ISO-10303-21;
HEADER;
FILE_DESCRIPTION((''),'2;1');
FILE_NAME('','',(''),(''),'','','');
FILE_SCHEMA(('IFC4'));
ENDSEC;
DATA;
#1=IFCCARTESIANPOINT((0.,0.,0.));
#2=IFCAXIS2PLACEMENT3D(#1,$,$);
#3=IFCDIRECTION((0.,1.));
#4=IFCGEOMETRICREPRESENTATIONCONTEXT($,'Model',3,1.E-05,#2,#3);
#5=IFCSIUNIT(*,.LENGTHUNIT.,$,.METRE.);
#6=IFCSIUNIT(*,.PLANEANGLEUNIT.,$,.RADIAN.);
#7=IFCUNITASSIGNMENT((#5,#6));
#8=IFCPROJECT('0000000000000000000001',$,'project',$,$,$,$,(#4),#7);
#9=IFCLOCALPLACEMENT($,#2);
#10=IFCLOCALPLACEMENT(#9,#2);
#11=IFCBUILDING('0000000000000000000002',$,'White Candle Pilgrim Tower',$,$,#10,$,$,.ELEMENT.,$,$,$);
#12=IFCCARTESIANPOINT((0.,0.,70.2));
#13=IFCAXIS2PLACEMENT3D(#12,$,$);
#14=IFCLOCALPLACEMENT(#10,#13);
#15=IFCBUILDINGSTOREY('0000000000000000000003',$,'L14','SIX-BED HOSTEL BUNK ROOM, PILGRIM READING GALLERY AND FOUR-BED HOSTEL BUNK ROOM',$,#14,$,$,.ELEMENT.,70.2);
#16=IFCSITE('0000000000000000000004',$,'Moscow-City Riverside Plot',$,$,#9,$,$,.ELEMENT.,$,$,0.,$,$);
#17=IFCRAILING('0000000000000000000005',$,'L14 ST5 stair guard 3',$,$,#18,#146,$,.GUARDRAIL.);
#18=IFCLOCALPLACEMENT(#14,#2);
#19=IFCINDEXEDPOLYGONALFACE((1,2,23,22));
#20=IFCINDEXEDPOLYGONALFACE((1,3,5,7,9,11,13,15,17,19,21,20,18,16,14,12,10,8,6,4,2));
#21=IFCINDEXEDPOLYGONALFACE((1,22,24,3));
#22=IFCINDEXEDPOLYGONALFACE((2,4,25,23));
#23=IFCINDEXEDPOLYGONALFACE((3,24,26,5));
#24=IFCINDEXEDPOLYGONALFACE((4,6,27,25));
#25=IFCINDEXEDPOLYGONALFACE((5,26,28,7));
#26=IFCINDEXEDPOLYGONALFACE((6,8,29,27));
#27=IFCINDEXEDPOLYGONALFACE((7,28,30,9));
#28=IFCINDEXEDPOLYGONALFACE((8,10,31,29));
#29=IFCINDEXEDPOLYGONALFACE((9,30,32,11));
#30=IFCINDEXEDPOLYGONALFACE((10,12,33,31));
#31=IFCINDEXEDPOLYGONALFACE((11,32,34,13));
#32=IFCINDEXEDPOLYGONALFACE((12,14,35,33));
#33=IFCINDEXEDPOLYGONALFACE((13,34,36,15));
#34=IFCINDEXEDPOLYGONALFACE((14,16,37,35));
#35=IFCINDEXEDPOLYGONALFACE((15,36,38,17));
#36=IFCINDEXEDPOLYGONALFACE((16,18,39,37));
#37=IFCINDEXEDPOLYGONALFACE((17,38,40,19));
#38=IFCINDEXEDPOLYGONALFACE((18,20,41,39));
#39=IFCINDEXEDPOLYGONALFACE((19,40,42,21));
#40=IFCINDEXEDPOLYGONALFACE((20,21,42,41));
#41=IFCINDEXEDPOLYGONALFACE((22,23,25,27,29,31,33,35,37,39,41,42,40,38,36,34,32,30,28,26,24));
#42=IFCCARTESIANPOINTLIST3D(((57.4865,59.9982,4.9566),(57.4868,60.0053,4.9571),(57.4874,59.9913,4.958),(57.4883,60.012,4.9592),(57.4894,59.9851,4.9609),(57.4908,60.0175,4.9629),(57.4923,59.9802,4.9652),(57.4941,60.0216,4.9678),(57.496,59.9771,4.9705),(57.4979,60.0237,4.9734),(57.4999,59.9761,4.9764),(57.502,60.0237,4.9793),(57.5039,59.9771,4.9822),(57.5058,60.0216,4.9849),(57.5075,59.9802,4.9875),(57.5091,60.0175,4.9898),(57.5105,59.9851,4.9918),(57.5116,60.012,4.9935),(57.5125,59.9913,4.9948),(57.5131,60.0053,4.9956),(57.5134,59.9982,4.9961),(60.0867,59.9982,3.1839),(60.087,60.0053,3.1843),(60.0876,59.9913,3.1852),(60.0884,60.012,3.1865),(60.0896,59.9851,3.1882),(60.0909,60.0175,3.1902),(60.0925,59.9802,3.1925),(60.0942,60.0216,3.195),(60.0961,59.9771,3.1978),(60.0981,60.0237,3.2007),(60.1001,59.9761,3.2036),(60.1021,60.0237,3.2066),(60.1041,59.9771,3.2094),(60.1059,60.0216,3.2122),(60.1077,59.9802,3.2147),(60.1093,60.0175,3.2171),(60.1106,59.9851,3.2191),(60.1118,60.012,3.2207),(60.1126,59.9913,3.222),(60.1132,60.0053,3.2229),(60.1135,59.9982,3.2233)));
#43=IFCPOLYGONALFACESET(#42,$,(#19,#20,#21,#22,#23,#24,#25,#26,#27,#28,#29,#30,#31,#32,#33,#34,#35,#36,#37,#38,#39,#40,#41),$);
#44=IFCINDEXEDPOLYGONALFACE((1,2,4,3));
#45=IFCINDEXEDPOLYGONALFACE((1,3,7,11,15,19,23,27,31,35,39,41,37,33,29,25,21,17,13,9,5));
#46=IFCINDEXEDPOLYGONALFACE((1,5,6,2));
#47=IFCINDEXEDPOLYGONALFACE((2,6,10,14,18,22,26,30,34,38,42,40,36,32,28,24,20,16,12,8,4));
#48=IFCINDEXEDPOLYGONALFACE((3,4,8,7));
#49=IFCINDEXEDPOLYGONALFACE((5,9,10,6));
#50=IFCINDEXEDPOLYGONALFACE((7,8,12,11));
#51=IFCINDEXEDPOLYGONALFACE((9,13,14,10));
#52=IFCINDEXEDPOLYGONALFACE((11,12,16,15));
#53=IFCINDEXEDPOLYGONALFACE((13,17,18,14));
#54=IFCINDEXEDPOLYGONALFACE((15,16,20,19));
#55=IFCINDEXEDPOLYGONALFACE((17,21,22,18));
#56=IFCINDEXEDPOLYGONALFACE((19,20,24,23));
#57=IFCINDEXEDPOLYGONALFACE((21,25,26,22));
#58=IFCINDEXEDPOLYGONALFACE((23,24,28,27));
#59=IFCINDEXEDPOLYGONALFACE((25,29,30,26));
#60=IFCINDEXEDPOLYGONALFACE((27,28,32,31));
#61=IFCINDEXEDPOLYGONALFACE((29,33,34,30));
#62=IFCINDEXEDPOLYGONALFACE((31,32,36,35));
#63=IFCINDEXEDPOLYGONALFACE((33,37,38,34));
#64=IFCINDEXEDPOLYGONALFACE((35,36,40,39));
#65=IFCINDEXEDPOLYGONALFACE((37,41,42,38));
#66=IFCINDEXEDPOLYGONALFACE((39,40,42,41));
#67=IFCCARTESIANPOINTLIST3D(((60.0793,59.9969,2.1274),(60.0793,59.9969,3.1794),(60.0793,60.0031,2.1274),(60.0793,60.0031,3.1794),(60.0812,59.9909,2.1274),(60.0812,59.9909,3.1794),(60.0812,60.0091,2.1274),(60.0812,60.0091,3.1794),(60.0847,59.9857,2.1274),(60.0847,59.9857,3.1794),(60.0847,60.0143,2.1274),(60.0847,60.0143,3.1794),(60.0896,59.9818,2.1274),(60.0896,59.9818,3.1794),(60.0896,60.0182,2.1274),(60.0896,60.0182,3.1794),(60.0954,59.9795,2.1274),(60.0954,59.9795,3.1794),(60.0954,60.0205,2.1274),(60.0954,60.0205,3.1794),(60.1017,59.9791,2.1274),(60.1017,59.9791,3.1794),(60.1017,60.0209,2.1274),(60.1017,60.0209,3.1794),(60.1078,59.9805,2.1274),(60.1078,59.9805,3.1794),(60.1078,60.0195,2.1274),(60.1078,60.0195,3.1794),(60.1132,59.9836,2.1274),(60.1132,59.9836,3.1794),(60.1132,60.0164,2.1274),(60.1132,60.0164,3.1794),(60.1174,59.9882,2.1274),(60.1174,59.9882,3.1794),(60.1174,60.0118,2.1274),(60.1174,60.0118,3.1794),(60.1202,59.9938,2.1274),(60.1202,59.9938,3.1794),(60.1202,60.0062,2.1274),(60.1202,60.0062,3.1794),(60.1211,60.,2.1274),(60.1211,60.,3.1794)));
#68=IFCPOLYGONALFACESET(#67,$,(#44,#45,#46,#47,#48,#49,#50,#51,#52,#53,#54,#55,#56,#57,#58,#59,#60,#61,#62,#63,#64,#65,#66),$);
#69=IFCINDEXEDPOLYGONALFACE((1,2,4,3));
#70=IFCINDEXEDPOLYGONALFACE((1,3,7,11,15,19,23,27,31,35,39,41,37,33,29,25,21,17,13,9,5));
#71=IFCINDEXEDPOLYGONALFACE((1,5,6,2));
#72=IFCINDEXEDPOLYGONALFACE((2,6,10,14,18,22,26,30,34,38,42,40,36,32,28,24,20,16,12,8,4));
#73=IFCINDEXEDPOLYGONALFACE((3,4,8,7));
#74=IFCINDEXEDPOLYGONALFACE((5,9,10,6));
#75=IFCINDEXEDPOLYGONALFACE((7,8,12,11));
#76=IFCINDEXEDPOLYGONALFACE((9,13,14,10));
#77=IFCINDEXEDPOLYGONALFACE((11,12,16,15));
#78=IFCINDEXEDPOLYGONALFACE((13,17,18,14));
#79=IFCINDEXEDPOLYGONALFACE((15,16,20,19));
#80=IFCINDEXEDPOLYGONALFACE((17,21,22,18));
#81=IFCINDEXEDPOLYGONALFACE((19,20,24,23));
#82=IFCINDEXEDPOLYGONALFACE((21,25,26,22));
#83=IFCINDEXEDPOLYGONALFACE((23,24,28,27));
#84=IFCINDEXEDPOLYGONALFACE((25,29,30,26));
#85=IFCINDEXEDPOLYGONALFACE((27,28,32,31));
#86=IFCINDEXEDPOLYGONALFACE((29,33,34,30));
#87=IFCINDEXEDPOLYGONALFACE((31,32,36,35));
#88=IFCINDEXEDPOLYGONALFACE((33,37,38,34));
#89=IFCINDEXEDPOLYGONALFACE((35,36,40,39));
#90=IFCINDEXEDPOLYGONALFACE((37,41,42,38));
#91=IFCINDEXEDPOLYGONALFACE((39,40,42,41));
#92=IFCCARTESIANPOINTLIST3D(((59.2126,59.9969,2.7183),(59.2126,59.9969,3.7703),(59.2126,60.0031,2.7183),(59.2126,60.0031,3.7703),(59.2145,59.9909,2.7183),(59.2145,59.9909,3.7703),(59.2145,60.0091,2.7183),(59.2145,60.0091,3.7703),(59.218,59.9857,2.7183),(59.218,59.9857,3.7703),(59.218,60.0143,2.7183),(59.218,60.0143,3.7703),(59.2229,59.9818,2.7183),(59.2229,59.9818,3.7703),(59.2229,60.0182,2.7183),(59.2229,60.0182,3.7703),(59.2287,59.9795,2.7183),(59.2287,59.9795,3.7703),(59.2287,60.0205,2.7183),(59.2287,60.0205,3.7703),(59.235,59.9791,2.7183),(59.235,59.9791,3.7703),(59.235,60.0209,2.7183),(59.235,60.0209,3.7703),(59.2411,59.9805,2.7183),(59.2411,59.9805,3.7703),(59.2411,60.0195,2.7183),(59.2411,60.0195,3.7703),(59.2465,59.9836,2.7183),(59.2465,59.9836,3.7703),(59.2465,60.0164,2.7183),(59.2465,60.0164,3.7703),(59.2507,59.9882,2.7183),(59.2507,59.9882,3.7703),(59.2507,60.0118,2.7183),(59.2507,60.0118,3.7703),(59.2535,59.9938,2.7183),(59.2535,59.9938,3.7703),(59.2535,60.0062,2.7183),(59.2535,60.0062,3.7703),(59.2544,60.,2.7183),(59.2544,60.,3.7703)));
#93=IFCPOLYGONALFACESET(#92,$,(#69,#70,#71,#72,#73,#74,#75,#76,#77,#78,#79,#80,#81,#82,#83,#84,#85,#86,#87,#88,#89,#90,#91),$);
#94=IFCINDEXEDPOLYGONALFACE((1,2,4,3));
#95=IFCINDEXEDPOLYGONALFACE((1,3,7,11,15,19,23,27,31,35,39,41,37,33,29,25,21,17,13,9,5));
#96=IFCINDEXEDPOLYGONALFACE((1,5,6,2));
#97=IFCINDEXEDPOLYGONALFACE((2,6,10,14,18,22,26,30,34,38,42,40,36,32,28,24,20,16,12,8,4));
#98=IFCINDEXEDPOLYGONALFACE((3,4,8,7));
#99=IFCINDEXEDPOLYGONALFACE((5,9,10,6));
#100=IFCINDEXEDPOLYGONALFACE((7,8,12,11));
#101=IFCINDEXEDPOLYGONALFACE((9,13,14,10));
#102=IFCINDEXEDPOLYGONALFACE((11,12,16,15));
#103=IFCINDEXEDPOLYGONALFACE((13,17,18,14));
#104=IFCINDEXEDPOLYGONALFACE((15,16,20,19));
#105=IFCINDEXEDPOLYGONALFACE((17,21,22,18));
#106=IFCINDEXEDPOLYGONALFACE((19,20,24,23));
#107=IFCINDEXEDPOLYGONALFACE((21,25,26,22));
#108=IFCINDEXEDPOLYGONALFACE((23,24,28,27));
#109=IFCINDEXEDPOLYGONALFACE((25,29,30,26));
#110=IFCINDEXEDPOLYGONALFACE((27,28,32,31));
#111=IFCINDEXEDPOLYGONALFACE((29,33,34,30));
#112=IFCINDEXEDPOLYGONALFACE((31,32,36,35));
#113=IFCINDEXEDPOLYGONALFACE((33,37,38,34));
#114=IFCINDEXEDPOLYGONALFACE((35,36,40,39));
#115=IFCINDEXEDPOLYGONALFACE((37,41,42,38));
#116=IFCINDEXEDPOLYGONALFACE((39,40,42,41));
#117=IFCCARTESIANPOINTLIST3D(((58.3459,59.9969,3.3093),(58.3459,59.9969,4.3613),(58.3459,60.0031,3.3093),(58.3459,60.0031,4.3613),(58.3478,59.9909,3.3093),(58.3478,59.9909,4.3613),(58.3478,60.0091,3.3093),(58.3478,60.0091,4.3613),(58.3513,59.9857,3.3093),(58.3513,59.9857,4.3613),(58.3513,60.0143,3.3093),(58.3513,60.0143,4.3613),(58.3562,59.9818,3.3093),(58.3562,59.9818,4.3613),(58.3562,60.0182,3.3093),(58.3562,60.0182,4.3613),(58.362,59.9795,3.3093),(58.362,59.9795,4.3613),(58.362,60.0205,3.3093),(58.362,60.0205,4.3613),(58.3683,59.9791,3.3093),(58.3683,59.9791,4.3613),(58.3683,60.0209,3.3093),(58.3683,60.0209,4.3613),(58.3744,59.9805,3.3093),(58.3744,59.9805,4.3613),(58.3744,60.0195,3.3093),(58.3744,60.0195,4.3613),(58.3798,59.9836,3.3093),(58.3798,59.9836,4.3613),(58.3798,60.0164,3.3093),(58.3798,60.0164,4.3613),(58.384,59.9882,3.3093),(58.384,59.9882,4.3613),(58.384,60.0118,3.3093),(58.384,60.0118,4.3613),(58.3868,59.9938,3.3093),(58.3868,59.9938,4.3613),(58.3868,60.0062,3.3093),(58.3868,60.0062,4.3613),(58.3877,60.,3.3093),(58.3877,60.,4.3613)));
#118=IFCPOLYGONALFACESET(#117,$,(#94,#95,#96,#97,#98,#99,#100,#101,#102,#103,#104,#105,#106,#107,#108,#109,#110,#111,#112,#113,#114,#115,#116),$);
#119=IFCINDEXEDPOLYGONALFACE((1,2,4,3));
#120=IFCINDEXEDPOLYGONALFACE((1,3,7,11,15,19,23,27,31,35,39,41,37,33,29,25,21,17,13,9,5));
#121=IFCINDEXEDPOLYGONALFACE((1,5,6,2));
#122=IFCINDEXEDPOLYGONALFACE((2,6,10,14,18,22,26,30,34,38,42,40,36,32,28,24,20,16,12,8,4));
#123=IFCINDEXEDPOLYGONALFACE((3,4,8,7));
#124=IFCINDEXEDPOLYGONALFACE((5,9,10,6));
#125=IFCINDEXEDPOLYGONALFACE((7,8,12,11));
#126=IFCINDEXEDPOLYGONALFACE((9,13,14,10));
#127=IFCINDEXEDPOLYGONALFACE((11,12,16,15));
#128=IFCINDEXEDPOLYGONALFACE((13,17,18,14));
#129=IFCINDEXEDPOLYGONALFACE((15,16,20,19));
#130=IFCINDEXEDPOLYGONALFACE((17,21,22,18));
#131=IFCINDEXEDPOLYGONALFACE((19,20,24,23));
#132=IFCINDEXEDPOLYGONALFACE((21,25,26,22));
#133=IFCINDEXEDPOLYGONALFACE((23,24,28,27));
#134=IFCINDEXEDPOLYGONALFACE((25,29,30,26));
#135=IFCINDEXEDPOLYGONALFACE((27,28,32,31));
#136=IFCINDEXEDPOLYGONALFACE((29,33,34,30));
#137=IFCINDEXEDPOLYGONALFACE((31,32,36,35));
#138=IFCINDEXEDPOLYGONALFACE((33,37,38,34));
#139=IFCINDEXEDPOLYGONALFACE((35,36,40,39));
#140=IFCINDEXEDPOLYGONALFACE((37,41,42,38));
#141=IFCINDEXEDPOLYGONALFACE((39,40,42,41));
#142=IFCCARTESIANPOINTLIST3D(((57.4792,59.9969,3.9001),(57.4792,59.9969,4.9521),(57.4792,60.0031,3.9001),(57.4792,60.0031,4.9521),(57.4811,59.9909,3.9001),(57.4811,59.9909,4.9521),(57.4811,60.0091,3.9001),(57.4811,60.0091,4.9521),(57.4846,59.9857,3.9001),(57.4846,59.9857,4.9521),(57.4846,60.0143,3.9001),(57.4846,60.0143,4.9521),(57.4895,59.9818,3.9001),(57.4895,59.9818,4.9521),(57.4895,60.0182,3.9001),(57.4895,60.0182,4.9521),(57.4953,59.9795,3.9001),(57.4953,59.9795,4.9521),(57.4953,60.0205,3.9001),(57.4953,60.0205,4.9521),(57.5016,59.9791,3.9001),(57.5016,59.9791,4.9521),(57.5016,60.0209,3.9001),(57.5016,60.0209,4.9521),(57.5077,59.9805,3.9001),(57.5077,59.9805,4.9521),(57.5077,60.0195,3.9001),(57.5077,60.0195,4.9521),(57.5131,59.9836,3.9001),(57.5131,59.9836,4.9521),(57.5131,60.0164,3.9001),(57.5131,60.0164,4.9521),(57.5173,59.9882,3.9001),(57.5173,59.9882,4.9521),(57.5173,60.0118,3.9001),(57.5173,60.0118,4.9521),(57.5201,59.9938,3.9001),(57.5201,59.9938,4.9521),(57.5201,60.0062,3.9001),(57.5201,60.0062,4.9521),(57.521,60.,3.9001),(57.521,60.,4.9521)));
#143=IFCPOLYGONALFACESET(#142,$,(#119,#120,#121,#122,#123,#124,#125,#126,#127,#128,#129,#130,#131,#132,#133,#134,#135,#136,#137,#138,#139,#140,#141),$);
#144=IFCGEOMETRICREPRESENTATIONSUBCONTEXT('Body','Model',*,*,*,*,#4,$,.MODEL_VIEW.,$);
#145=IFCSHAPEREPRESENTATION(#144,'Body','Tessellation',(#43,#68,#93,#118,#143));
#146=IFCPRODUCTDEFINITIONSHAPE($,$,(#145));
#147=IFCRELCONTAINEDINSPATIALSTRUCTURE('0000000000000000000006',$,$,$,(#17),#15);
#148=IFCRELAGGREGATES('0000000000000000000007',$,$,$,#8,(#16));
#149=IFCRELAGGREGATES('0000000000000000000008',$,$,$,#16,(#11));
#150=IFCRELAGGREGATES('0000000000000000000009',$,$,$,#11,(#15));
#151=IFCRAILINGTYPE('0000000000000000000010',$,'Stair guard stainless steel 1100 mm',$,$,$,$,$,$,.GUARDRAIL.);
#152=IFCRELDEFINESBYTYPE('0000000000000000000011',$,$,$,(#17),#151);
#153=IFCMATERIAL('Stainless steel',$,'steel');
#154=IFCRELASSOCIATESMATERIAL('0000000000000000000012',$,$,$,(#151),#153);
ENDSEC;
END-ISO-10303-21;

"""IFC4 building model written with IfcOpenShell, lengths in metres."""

from ifc_helpers import new_model, si_unit, direction, frame, origin, origin_2d, place, context, subcontext, project, spatial, circle, extrude, material, type_object, element, save


model = new_model("IFC4")

# Units and contexts
model_context = context("Model", 3, precision=1e-05, world=origin(), true_north=direction((0.0, 1.0)))
body_context = subcontext(model_context, "Body", "Model", "MODEL_VIEW")
ifc_project = project(units=[si_unit("LENGTHUNIT", "METRE"), si_unit("PLANEANGLEUNIT", "RADIAN")], contexts=[model_context])

# Site, building, storey
site_placement = place(None, origin())
site = spatial("IfcSite", under=ifc_project, at=site_placement, Name="Moscow-City Riverside Plot", CompositionType="ELEMENT", RefElevation=0.0)
building_placement = place(site_placement, origin())
building = spatial("IfcBuilding", under=site, at=building_placement, Name="White Candle Pilgrim Tower", CompositionType="ELEMENT")
storey_placement = place(building_placement, frame((0.0, 0.0, 70.2)))
storey = spatial("IfcBuildingStorey", under=building, at=storey_placement, Name="L14", Description="SIX-BED HOSTEL BUNK ROOM, PILGRIM READING GALLERY AND FOUR-BED HOSTEL BUNK ROOM", CompositionType="ELEMENT", Elevation=70.2)

# Railing
ifc_material_1 = material(Name="Stainless steel", Category="steel")
railing_type_1 = type_object("IfcRailingType", Name="Stair guard stainless steel 1100 mm", PredefinedType="GUARDRAIL", material=ifc_material_1)
railing_1_placement = place(storey_placement, frame((60.1001, 60.0, 2.1274)))
element("IfcRailing", 1, at=railing_1_placement, inside=storey, type_object=railing_type_1, Name="L14 ST5 stair guard 3", PredefinedType="GUARDRAIL", context=body_context, shape_type="SweptSolid", body=[
    extrude(circle(Radius=0.0239, at=origin_2d()), frame((0.0, 0.0, 1.0762), z_axis=(-0.82624, 0.0, 0.563318), x_axis=(0.0, -1.0, 0.0)), (0.0, 0.0, 1.0), 3.147),
    extrude(circle(Radius=0.021, at=origin_2d()), origin(), (0.0, 0.0, 1.0), 1.052),
    extrude(circle(Radius=0.021, at=origin_2d()), frame((-0.8667, 0.0, 0.5908)), (0.0, 0.0, 1.0), 1.052),
    extrude(circle(Radius=0.021, at=origin_2d()), frame((-1.7334, 0.0, 1.1819)), (0.0, 0.0, 1.0), 1.052),
    extrude(circle(Radius=0.021, at=origin_2d()), frame((-2.6001, 0.0, 1.7727)), (0.0, 0.0, 1.0), 1.052),
])

save(model, "model.ifc")
